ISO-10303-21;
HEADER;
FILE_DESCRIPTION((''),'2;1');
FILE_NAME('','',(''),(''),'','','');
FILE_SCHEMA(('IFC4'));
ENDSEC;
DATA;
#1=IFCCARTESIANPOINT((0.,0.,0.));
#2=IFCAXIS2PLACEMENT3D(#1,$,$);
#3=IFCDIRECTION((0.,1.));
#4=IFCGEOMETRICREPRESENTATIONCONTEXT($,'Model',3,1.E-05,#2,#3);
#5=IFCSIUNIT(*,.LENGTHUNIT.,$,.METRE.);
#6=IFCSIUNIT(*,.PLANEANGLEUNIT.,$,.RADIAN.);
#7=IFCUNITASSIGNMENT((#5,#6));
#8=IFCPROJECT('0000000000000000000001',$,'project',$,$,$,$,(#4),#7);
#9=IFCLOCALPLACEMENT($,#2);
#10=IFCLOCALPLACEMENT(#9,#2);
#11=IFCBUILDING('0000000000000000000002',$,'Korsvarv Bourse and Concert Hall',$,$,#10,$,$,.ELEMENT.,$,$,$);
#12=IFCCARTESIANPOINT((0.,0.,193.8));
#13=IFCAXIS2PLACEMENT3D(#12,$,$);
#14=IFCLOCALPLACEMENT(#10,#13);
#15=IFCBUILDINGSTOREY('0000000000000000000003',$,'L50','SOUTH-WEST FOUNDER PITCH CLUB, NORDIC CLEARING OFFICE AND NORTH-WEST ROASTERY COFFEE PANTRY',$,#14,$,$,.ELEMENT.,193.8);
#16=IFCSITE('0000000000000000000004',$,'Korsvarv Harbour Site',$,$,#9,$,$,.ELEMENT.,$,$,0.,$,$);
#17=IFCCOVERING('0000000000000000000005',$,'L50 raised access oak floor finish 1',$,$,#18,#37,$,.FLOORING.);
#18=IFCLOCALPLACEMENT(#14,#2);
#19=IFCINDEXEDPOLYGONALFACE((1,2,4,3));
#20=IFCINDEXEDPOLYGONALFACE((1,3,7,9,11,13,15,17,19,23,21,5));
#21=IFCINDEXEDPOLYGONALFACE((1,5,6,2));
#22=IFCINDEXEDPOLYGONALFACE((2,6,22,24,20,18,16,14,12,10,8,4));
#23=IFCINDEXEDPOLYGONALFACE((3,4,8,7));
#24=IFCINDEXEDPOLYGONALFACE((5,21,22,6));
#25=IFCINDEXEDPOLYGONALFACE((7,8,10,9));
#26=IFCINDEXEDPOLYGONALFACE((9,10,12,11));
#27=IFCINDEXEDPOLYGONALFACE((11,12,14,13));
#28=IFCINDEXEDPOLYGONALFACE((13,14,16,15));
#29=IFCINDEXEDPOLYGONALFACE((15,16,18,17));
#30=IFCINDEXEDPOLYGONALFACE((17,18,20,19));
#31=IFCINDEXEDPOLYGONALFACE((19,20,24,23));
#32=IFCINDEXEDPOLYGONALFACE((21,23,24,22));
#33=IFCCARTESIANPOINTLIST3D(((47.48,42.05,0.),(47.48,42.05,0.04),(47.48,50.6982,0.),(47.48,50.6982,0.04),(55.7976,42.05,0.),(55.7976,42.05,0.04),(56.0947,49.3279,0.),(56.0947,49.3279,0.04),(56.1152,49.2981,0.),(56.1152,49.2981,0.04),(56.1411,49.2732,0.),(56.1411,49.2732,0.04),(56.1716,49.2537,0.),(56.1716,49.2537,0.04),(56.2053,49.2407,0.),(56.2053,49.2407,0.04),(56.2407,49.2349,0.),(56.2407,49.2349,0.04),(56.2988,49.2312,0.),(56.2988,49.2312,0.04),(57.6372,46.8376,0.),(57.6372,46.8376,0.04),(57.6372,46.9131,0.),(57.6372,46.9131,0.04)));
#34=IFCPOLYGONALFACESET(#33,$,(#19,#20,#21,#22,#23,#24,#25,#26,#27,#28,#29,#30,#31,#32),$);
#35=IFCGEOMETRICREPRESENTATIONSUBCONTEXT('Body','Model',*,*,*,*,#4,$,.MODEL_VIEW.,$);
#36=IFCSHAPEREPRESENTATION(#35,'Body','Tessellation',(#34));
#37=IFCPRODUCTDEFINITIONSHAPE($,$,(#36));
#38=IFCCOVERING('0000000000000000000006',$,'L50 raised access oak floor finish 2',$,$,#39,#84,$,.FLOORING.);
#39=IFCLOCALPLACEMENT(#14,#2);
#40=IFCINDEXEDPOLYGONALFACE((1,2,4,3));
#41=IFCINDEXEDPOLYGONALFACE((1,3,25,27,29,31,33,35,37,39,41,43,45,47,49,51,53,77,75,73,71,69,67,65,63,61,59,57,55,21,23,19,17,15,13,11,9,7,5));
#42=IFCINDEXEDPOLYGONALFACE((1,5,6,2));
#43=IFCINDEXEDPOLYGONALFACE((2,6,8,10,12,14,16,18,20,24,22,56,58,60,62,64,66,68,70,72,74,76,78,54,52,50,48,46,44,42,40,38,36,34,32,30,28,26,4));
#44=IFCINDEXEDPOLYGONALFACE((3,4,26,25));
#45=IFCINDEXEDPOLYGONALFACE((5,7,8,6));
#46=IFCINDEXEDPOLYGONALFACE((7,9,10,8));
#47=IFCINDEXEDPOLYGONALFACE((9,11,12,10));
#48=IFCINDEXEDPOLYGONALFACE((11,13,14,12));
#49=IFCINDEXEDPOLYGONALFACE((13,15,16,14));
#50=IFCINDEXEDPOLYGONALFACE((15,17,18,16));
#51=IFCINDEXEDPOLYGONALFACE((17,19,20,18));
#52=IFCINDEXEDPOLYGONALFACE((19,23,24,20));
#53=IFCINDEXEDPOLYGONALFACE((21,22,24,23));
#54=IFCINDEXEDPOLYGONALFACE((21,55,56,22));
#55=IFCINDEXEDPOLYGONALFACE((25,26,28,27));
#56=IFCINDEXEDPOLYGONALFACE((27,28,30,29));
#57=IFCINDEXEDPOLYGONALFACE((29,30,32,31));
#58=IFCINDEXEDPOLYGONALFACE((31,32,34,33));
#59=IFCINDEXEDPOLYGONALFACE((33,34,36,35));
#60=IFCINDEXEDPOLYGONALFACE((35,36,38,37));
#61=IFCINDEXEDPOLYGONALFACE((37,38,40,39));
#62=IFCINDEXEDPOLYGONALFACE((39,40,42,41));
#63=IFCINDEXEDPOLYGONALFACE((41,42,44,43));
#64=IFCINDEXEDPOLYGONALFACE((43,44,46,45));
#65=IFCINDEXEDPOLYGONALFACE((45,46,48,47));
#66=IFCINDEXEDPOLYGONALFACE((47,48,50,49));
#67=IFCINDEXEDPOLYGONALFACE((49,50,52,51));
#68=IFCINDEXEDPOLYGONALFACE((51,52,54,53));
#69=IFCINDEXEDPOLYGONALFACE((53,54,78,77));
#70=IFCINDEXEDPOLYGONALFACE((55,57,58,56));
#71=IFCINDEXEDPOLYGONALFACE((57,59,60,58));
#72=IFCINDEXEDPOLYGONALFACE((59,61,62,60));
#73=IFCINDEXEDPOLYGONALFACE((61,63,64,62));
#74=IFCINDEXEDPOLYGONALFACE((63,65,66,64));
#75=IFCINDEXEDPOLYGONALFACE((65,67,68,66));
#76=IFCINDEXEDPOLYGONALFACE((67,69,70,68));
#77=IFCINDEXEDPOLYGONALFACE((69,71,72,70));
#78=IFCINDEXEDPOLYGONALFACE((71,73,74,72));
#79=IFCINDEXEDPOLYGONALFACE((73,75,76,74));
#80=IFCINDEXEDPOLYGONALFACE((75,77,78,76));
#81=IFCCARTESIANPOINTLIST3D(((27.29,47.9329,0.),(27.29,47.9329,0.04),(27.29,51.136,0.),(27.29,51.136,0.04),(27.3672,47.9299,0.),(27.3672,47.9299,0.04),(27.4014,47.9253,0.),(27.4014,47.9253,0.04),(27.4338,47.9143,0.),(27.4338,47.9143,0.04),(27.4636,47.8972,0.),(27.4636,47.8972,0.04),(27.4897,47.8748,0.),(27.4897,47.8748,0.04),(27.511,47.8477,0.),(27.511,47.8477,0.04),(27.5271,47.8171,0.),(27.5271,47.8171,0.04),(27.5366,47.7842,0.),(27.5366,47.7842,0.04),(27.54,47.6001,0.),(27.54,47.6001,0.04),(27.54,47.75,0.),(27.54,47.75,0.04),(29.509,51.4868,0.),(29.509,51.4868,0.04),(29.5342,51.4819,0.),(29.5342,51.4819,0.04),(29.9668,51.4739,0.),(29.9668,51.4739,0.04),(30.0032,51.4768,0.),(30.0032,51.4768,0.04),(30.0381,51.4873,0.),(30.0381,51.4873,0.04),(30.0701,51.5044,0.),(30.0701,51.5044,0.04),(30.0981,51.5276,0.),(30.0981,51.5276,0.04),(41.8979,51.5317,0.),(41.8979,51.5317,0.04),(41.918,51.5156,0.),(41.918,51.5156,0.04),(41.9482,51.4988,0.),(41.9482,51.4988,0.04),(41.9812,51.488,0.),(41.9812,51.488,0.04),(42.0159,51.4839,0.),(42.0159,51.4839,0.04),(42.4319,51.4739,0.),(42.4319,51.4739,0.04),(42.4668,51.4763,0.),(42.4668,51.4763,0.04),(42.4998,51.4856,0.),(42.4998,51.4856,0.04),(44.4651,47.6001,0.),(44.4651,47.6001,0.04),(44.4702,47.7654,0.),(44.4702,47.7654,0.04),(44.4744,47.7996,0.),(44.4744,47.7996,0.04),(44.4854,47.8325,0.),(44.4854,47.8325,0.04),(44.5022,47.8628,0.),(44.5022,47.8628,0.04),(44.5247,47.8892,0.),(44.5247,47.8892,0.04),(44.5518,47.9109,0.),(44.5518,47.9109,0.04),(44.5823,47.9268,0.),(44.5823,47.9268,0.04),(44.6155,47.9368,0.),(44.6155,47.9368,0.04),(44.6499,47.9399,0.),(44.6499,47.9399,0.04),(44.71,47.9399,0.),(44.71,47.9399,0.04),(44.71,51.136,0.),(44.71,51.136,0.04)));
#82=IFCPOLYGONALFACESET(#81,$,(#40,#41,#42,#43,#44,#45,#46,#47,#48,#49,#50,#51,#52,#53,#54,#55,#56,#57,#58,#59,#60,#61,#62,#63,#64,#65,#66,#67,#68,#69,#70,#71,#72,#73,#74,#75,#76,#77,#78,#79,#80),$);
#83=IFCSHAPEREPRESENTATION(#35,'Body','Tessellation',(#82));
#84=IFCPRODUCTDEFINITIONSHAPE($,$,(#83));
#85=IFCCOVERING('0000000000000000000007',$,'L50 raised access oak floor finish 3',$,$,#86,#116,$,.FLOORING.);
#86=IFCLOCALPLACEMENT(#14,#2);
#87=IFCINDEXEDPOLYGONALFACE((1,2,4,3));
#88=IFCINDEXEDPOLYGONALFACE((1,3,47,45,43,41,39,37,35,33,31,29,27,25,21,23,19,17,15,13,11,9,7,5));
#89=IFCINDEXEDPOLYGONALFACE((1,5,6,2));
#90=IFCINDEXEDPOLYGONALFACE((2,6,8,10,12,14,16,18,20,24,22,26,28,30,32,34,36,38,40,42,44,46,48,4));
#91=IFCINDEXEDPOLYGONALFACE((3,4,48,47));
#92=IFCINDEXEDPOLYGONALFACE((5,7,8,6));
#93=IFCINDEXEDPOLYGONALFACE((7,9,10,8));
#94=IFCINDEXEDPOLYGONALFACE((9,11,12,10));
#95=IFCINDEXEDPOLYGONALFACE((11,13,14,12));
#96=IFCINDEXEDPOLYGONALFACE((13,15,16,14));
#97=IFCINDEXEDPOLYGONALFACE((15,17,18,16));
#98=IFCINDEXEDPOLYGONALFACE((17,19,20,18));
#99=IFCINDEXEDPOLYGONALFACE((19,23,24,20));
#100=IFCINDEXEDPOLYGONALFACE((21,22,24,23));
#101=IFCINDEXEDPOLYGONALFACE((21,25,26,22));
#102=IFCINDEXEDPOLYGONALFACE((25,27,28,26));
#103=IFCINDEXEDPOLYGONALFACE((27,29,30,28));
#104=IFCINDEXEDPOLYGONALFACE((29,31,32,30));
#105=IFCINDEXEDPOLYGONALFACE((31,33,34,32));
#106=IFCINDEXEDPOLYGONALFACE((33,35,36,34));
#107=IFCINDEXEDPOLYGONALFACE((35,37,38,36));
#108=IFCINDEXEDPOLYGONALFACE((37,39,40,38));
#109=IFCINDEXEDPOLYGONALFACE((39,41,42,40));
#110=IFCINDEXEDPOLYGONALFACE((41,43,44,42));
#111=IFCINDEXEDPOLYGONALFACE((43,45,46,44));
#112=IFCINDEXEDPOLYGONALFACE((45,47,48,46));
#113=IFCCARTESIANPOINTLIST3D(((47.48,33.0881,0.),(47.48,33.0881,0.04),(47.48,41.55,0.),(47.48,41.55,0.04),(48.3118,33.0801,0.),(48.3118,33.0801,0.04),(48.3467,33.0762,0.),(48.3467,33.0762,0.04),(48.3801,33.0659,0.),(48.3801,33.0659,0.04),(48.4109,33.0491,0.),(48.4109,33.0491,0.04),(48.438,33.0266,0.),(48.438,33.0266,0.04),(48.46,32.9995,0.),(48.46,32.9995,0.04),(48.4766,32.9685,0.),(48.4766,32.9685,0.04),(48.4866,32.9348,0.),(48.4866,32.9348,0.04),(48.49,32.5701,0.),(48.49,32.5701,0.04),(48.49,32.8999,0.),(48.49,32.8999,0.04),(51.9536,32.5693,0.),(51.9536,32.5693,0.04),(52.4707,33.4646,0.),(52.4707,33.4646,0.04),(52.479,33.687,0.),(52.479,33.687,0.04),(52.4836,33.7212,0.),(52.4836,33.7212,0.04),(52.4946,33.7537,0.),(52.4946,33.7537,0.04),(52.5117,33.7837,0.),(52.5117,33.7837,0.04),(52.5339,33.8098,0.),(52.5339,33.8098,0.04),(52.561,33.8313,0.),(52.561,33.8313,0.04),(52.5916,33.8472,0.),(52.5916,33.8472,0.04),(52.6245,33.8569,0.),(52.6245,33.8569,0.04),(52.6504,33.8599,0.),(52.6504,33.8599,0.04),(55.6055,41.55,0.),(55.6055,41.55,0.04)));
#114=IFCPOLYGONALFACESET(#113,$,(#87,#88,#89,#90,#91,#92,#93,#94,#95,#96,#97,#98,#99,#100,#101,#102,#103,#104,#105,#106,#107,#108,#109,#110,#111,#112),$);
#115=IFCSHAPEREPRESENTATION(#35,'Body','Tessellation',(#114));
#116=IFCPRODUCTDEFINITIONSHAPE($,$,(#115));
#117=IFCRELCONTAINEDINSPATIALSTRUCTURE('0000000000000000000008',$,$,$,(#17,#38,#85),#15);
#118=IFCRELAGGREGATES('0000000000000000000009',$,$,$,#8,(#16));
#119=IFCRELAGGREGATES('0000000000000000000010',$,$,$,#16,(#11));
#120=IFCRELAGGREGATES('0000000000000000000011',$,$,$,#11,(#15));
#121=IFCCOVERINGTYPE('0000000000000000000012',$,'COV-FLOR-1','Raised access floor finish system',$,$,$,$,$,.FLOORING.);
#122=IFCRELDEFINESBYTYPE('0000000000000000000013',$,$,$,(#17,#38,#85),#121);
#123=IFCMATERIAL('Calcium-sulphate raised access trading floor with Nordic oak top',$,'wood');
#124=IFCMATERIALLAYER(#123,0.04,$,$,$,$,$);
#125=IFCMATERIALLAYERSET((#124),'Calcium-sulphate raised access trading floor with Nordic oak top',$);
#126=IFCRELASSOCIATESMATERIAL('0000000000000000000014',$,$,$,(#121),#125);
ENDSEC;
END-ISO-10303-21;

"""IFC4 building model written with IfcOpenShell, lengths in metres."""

from ifc_helpers import new_model, si_unit, direction, frame, origin, place, context, subcontext, project, spatial, polyline, outline, extrude, material, layer, layer_set, type_object, element, save


model = new_model("IFC4")

# Units and contexts
model_context = context("Model", 3, precision=1e-05, world=origin(), true_north=direction((0.0, 1.0)))
body_context = subcontext(model_context, "Body", "Model", "MODEL_VIEW")
ifc_project = project(units=[si_unit("LENGTHUNIT", "METRE"), si_unit("PLANEANGLEUNIT", "RADIAN")], contexts=[model_context])

# Site, building, storey
site_placement = place(None, origin())
site = spatial("IfcSite", under=ifc_project, at=site_placement, Name="Korsvarv Harbour Site", CompositionType="ELEMENT", RefElevation=0.0)
building_placement = place(site_placement, origin())
building = spatial("IfcBuilding", under=site, at=building_placement, Name="Korsvarv Bourse and Concert Hall", CompositionType="ELEMENT")
storey_placement = place(building_placement, frame((0.0, 0.0, 193.8)))
storey = spatial("IfcBuildingStorey", under=building, at=storey_placement, Name="L50", Description="SOUTH-WEST FOUNDER PITCH CLUB, NORDIC CLEARING OFFICE AND NORTH-WEST ROASTERY COFFEE PANTRY", CompositionType="ELEMENT", Elevation=193.8)

# Coverings
ifc_material_1 = material(Name="Calcium-sulphate raised access trading floor with Nordic oak top", Category="wood")
ifc_layer_1 = layer(ifc_material_1, 0.04)
ifc_layer_set_1 = layer_set([ifc_layer_1], Name="Calcium-sulphate raised access trading floor with Nordic oak top")
covering_type_1 = type_object("IfcCoveringType", Name="COV-FLOR-1", Description="Raised access floor finish system", PredefinedType="FLOORING", material=ifc_layer_set_1)
covering_1_placement = place(storey_placement, origin())
element("IfcCovering", 1, at=covering_1_placement, inside=storey, type_object=covering_type_1, Name="L50 raised access oak floor finish 1", PredefinedType="FLOORING", context=body_context, shape_type="SweptSolid", body=[
    extrude(outline(polyline([(56.0947, 49.3279), (56.1152, 49.2981), (56.1411, 49.2732), (56.1716, 49.2537), (56.2053, 49.2407), (56.2407, 49.2349), (56.2988, 49.2312), (57.6372, 46.9131), (57.6372, 46.8376), (55.7976, 42.05), (47.48, 42.05), (47.48, 50.6982), (56.0947, 49.3279)])), origin(), (0.0, 0.0, 1.0), 0.04),
])
covering_2_placement = place(storey_placement, origin())
element("IfcCovering", 2, at=covering_2_placement, inside=storey, type_object=covering_type_1, Name="L50 raised access oak floor finish 2", PredefinedType="FLOORING", context=body_context, shape_type="SweptSolid", body=[
    extrude(outline(polyline([(29.509, 51.4868), (29.5342, 51.4819), (29.9668, 51.4739), (30.0032, 51.4768), (30.0381, 51.4873), (30.0701, 51.5044), (30.0981, 51.5276), (41.8979, 51.5317), (41.918, 51.5156), (41.9482, 51.4988), (41.9812, 51.488), (42.0159, 51.4839), (42.4319, 51.4739), (42.4668, 51.4763), (42.4998, 51.4856), (44.71, 51.136), (44.71, 47.9399), (44.6499, 47.9399), (44.6155, 47.9368), (44.5823, 47.9268), (44.5518, 47.9109), (44.5247, 47.8892), (44.5022, 47.8628), (44.4854, 47.8325), (44.4744, 47.7996), (44.4702, 47.7654), (44.4651, 47.6001), (27.54, 47.6001), (27.54, 47.75), (27.5366, 47.7842), (27.5271, 47.8171), (27.511, 47.8477), (27.4897, 47.8748), (27.4636, 47.8972), (27.4338, 47.9143), (27.4014, 47.9253), (27.3672, 47.9299), (27.29, 47.9329), (27.29, 51.136), (29.509, 51.4868)])), origin(), (0.0, 0.0, 1.0), 0.04),
])
covering_3_placement = place(storey_placement, origin())
element("IfcCovering", 3, at=covering_3_placement, inside=storey, type_object=covering_type_1, Name="L50 raised access oak floor finish 3", PredefinedType="FLOORING", context=body_context, shape_type="SweptSolid", body=[
    extrude(outline(polyline([(48.49, 32.5701), (48.49, 32.8999), (48.4866, 32.9348), (48.4766, 32.9685), (48.46, 32.9995), (48.438, 33.0266), (48.4109, 33.0491), (48.3801, 33.0659), (48.3467, 33.0762), (48.3118, 33.0801), (47.48, 33.0881), (47.48, 41.55), (55.6055, 41.55), (52.6504, 33.8599), (52.6245, 33.8569), (52.5916, 33.8472), (52.561, 33.8313), (52.5339, 33.8098), (52.5117, 33.7837), (52.4946, 33.7537), (52.4836, 33.7212), (52.479, 33.687), (52.4707, 33.4646), (51.9536, 32.5693), (48.49, 32.5701)])), origin(), (0.0, 0.0, 1.0), 0.04),
])

save(model, "model.ifc")
